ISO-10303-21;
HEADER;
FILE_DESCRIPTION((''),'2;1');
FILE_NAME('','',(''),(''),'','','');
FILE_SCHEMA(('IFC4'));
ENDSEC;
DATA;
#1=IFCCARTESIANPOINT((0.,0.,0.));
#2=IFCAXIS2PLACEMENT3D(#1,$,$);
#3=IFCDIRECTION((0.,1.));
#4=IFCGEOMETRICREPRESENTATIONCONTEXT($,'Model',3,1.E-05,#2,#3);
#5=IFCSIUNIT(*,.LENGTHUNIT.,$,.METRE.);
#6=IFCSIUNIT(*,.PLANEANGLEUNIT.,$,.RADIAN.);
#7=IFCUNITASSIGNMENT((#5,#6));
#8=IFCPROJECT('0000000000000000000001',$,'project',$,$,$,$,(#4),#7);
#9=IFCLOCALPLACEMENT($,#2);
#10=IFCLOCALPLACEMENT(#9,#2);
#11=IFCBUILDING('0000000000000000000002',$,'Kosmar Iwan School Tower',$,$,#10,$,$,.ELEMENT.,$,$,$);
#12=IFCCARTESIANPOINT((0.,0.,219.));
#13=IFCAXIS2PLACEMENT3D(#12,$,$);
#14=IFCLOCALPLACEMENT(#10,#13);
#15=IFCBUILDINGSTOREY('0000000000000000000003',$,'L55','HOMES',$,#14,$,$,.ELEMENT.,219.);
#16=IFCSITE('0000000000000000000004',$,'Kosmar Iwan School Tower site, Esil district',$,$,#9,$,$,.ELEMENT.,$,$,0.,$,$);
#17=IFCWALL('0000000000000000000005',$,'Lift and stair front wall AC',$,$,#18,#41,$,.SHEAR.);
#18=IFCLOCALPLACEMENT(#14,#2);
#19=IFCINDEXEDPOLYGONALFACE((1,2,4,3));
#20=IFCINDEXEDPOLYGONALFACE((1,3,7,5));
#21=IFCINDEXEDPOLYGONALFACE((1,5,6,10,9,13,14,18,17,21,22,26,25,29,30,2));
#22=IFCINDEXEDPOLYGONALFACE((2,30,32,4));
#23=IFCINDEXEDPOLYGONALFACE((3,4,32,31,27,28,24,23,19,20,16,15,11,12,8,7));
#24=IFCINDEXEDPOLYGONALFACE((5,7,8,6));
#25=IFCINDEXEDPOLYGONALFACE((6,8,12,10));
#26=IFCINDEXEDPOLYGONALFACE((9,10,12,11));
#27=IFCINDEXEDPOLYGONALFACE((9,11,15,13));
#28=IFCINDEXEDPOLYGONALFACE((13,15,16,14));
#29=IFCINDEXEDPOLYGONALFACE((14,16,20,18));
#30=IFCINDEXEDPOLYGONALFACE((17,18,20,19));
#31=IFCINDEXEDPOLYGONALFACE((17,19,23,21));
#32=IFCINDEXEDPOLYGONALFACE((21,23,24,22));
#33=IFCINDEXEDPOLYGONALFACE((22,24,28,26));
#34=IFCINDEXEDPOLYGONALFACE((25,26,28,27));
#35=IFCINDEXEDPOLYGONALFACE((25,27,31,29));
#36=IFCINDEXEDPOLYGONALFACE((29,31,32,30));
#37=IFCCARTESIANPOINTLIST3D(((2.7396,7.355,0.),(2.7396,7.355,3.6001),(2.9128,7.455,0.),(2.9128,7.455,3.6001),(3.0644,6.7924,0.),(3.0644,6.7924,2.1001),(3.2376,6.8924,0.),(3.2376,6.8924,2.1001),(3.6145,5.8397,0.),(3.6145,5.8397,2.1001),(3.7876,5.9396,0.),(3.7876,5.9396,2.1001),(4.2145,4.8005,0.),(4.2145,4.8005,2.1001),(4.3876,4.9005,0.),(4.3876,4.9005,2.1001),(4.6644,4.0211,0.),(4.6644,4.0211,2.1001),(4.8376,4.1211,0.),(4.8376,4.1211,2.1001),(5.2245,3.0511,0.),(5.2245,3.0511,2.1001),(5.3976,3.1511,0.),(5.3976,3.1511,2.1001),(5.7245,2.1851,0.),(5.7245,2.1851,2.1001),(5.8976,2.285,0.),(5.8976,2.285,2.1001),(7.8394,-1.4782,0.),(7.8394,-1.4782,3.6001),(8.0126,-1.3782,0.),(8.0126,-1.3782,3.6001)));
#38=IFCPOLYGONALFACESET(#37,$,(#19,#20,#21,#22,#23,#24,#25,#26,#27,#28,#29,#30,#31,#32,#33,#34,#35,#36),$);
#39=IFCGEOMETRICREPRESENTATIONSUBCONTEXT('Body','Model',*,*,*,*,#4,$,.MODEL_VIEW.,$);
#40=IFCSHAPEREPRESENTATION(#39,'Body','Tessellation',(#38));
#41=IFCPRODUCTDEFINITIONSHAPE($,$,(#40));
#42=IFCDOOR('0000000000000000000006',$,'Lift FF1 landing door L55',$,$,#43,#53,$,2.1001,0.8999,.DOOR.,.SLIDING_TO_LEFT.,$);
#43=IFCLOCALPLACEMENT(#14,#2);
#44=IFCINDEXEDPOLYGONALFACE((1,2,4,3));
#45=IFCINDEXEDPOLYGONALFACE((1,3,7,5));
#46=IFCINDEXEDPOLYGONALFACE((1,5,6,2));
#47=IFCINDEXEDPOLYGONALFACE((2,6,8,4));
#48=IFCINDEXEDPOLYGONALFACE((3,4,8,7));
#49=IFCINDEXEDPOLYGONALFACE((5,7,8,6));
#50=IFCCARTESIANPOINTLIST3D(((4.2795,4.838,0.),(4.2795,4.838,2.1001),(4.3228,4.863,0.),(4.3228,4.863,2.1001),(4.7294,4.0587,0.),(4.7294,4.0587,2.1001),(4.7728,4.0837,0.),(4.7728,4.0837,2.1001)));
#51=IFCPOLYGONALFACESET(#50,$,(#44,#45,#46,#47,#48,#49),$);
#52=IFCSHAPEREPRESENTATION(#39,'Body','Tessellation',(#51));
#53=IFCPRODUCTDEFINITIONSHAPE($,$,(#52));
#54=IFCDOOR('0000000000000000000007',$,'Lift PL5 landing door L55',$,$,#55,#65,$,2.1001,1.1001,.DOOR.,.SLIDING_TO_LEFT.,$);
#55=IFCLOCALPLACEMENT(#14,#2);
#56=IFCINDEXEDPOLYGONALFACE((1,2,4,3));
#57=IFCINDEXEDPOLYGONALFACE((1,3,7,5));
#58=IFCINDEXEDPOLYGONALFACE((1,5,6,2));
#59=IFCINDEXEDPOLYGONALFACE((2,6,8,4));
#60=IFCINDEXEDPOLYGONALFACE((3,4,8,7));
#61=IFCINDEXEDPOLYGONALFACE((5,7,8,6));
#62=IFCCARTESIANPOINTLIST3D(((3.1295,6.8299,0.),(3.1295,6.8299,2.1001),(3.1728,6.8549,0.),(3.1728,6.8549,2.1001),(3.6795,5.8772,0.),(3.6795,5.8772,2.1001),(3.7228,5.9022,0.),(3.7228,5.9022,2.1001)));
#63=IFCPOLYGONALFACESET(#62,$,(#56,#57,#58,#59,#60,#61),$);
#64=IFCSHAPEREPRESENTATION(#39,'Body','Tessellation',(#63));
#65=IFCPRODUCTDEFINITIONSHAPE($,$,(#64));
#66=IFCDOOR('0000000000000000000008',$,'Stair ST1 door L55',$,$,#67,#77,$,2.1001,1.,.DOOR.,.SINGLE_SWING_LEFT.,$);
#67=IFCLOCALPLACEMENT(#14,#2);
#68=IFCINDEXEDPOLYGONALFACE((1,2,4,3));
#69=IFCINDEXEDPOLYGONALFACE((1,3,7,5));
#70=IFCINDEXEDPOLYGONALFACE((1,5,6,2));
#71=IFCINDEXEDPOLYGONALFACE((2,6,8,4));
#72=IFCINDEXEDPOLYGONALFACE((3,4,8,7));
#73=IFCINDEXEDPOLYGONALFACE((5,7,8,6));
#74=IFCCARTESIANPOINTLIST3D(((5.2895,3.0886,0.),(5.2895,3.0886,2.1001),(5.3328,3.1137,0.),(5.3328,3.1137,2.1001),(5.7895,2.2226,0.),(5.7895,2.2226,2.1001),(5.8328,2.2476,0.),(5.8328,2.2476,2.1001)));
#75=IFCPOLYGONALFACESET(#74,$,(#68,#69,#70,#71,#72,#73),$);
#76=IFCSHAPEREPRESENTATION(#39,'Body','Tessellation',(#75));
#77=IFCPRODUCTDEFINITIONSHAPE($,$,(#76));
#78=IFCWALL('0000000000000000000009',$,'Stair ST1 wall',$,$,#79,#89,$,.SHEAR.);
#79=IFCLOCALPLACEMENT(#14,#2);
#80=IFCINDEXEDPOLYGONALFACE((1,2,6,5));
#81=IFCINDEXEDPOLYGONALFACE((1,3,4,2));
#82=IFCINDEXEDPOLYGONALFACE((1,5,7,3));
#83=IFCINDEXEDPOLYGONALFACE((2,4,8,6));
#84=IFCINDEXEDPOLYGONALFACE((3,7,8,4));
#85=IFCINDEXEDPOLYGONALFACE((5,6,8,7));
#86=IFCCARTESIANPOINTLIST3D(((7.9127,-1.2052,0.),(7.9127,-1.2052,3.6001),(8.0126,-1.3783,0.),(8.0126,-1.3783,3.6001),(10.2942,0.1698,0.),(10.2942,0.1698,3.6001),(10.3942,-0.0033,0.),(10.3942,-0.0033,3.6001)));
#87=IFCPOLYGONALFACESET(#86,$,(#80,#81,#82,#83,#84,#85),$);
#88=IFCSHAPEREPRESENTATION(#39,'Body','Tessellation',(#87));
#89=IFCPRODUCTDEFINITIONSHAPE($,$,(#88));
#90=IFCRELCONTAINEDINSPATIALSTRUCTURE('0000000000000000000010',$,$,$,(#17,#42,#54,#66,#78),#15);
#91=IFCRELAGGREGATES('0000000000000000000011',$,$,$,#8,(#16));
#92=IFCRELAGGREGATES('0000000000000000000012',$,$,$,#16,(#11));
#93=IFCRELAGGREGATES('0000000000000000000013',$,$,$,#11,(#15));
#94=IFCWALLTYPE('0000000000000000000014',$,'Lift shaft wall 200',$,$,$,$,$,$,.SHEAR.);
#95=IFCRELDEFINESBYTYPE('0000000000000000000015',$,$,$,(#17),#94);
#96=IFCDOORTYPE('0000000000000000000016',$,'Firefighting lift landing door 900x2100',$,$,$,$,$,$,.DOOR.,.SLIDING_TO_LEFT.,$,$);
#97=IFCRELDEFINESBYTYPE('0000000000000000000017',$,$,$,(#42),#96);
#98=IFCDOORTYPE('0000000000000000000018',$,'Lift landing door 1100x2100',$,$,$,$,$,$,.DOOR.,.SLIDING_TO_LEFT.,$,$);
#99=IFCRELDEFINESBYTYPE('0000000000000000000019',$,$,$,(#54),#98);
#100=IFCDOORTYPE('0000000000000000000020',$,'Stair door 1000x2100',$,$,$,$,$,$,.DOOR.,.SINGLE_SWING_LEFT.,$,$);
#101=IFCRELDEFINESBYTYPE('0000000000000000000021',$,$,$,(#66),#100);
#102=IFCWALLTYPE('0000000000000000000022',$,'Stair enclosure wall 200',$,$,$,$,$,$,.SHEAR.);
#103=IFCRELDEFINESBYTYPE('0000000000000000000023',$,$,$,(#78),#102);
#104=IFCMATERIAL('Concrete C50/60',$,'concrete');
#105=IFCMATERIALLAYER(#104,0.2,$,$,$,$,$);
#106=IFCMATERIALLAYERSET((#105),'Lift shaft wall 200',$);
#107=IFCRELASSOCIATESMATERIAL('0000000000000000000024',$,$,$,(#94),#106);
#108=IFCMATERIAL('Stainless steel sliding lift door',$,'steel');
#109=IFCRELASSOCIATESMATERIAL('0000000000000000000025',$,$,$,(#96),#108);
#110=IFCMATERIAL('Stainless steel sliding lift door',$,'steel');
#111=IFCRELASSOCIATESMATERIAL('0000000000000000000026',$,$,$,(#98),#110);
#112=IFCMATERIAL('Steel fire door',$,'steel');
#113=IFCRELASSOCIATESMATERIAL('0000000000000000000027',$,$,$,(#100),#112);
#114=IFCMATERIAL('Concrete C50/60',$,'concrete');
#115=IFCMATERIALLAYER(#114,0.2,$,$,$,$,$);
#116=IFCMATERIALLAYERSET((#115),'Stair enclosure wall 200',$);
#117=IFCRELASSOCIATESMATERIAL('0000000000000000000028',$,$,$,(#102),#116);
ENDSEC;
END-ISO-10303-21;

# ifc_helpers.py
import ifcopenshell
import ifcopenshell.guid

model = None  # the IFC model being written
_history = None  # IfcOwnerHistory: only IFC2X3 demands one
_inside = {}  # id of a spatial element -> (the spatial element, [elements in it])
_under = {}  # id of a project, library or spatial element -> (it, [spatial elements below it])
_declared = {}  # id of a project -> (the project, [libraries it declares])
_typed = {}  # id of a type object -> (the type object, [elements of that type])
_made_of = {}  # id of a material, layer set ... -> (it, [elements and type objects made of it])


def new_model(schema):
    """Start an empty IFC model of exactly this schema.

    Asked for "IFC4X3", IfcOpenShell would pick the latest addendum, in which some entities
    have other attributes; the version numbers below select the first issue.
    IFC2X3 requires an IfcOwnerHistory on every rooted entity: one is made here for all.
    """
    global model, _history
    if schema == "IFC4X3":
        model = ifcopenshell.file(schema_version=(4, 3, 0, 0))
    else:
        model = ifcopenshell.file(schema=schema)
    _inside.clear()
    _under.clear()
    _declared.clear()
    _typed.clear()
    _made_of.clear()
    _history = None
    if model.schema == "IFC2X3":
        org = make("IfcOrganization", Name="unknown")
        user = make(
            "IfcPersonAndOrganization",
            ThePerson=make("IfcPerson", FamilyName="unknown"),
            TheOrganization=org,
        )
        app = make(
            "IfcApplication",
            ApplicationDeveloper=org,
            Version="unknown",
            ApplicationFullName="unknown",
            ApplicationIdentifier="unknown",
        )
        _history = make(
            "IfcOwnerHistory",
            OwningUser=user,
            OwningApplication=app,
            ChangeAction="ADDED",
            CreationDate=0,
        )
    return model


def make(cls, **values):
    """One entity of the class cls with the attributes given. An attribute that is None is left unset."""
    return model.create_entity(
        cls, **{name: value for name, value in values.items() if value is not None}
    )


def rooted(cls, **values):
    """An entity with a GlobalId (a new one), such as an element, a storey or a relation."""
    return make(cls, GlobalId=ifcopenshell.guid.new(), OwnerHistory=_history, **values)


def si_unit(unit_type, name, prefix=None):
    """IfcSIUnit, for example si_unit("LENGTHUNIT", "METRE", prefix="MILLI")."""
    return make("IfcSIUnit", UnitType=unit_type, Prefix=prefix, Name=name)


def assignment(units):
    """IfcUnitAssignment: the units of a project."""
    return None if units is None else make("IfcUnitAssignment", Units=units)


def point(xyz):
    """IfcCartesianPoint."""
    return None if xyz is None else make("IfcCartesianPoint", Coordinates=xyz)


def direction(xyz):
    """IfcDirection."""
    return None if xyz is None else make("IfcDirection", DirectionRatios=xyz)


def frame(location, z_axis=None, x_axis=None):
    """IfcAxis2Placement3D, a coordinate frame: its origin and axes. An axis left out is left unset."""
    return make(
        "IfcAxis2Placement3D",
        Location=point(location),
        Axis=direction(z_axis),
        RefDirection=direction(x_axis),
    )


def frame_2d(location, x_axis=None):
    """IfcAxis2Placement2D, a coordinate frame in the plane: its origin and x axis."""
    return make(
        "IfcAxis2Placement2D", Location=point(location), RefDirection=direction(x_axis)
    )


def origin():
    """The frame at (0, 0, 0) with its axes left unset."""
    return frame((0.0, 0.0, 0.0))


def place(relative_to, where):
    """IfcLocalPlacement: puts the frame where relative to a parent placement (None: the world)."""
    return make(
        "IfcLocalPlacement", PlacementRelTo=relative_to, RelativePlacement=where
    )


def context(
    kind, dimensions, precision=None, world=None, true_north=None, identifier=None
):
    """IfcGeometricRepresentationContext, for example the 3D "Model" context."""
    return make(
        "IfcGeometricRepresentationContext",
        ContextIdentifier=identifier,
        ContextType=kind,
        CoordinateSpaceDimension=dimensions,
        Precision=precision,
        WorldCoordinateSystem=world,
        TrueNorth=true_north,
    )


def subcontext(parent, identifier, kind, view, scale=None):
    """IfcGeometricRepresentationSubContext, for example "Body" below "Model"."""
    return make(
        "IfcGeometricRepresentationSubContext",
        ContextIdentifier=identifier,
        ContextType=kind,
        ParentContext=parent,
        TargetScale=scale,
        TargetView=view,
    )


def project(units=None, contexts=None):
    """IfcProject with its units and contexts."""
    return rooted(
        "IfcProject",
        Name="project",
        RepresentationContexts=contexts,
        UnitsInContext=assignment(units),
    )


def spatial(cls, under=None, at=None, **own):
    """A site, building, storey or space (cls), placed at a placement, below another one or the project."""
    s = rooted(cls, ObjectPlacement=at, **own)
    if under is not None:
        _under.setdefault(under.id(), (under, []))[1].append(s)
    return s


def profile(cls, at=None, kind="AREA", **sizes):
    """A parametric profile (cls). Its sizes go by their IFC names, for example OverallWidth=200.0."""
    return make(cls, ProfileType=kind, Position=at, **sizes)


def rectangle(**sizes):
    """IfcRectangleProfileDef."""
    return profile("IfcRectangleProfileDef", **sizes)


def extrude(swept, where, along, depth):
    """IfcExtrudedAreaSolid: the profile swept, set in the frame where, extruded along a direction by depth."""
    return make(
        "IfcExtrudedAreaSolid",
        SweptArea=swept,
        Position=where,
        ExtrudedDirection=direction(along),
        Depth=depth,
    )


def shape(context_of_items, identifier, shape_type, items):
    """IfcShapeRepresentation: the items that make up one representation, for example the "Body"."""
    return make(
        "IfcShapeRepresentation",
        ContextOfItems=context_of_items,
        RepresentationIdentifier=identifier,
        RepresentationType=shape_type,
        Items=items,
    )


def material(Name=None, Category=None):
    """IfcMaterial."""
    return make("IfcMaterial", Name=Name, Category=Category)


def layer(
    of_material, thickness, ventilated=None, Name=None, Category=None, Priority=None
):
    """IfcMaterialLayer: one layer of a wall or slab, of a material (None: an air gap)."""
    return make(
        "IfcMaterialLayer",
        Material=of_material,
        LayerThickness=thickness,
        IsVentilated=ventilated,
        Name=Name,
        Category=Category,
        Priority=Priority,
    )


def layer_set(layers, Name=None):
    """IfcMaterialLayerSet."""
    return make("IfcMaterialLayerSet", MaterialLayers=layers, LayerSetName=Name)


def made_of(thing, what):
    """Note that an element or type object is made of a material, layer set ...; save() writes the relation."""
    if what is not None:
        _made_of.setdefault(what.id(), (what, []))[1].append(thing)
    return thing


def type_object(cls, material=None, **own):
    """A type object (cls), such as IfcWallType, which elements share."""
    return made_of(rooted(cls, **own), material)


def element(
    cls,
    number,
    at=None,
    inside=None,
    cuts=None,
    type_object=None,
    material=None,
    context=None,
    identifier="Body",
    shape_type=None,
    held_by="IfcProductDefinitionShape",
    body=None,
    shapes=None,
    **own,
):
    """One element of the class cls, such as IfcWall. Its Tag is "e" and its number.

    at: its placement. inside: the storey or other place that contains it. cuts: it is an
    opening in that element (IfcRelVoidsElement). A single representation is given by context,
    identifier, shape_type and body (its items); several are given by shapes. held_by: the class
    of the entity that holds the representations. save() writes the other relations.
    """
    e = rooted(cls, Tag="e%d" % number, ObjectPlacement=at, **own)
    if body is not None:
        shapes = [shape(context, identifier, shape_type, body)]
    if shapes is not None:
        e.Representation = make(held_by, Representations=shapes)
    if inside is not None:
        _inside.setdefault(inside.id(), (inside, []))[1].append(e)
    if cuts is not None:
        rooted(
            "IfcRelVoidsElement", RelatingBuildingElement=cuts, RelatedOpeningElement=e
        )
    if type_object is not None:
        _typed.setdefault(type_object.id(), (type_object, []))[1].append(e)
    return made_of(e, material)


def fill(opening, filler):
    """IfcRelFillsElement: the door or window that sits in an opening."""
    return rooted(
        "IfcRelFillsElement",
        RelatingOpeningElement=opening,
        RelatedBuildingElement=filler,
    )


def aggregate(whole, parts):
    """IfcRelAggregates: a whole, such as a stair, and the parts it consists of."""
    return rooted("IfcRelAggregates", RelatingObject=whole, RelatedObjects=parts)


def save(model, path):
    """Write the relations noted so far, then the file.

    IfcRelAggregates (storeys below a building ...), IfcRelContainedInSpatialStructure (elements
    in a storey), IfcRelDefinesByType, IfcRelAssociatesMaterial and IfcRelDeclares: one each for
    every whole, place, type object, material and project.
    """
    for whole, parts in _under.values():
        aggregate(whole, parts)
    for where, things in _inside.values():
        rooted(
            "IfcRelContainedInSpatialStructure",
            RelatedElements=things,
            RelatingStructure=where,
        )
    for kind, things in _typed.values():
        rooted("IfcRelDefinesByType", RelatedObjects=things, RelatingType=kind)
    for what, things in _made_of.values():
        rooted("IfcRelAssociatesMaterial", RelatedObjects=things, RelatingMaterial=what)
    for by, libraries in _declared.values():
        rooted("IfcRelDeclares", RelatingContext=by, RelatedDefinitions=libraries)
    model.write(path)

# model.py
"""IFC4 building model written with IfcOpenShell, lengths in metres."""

from ifc_helpers import new_model, si_unit, direction, frame, frame_2d, origin, place, context, subcontext, project, spatial, rectangle, extrude, material, layer, layer_set, type_object, element, fill, save


model = new_model("IFC4")

# Units and contexts
model_context = context("Model", 3, precision=1e-05, world=origin(), true_north=direction((0.0, 1.0)))
body_context = subcontext(model_context, "Body", "Model", "MODEL_VIEW")
ifc_project = project(units=[si_unit("LENGTHUNIT", "METRE"), si_unit("PLANEANGLEUNIT", "RADIAN")], contexts=[model_context])

# Site, building, storey
site_placement = place(None, origin())
site = spatial("IfcSite", under=ifc_project, at=site_placement, Name="Kosmar Iwan School Tower site, Esil district", CompositionType="ELEMENT", RefElevation=0.0)
building_placement = place(site_placement, origin())
building = spatial("IfcBuilding", under=site, at=building_placement, Name="Kosmar Iwan School Tower", CompositionType="ELEMENT")
storey_placement = place(building_placement, frame((0.0, 0.0, 219.0)))
storey = spatial("IfcBuildingStorey", under=building, at=storey_placement, Name="L55", Description="HOMES", CompositionType="ELEMENT", Elevation=219.0)

# Wall, openings, doors
ifc_material_1 = material(Name="Concrete C50/60", Category="concrete")
ifc_layer_1 = layer(ifc_material_1, 0.2)
ifc_layer_set_1 = layer_set([ifc_layer_1], Name="Lift shaft wall 200")
wall_type_1 = type_object("IfcWallType", Name="Lift shaft wall 200", PredefinedType="SHEAR", material=ifc_layer_set_1)
wall_1_placement = place(storey_placement, frame((7.926, -1.4282, 0.0), z_axis=(0.0, 0.0, 1.0), x_axis=(-0.499998, 0.866027, 0.0)))
wall_1 = element("IfcWall", 1, at=wall_1_placement, inside=storey, type_object=wall_type_1, Name="Lift and stair front wall AC", PredefinedType="SHEAR", context=body_context, shape_type="SweptSolid", body=[
    extrude(rectangle(XDim=10.1997, YDim=0.2, at=frame_2d((5.0999, 0.0))), origin(), (0.0, 0.0, 1.0), 3.6001),
])
opening_1_placement = place(wall_1_placement, frame((6.3501, 0.0, 0.0)))
opening_1 = element("IfcOpeningElement", 2, at=opening_1_placement, cuts=wall_1, PredefinedType="OPENING", context=body_context, shape_type="SweptSolid", body=[
    extrude(rectangle(XDim=0.8999, YDim=2.1001, at=frame_2d((0.45, 1.05))), frame((0.0, 0.1121, 0.0), z_axis=(0.0, -1.0, 0.0), x_axis=(1.0, 0.0, 0.0)), (0.0, 0.0, 1.0), 0.2239),
])
opening_2_placement = place(wall_1_placement, frame((8.45, 0.0, 0.0)))
opening_2 = element("IfcOpeningElement", 3, at=opening_2_placement, cuts=wall_1, PredefinedType="OPENING", context=body_context, shape_type="SweptSolid", body=[
    extrude(rectangle(XDim=1.1001, YDim=2.1001, at=frame_2d((0.55, 1.05))), frame((0.0, 0.1121, 0.0), z_axis=(0.0, -1.0, 0.0), x_axis=(1.0, 0.0, 0.0)), (0.0, 0.0, 1.0), 0.2239),
])
opening_3_placement = place(wall_1_placement, frame((4.23, 0.0, 0.0)))
opening_3 = element("IfcOpeningElement", 4, at=opening_3_placement, cuts=wall_1, PredefinedType="OPENING", context=body_context, shape_type="SweptSolid", body=[
    extrude(rectangle(XDim=1.0, YDim=2.1001, at=frame_2d((0.5, 1.05))), frame((0.0, 0.1121, 0.0), z_axis=(0.0, -1.0, 0.0), x_axis=(1.0, 0.0, 0.0)), (0.0, 0.0, 1.0), 0.2239),
])
ifc_material_2 = material(Name="Stainless steel sliding lift door", Category="steel")
door_type_1 = type_object("IfcDoorType", Name="Firefighting lift landing door 900x2100", OperationType="SLIDING_TO_LEFT", PredefinedType="DOOR", material=ifc_material_2)
door_1_placement = place(opening_1_placement, origin())
door_1 = element("IfcDoor", 5, at=door_1_placement, inside=storey, type_object=door_type_1, Name="Lift FF1 landing door L55", OperationType="SLIDING_TO_LEFT", OverallHeight=2.1001, OverallWidth=0.8999, PredefinedType="DOOR", context=body_context, shape_type="SweptSolid", body=[
    extrude(rectangle(XDim=0.8999, YDim=2.1001, at=frame_2d((0.45, 1.05))), frame((0.0, 0.0249, 0.0), z_axis=(0.0, -1.0, 0.0), x_axis=(1.0, 0.0, 0.0)), (0.0, 0.0, 1.0), 0.05),
])
fill(opening_1, door_1)
ifc_material_3 = material(Name="Stainless steel sliding lift door", Category="steel")
door_type_2 = type_object("IfcDoorType", Name="Lift landing door 1100x2100", OperationType="SLIDING_TO_LEFT", PredefinedType="DOOR", material=ifc_material_3)
door_2_placement = place(opening_2_placement, origin())
door_2 = element("IfcDoor", 6, at=door_2_placement, inside=storey, type_object=door_type_2, Name="Lift PL5 landing door L55", OperationType="SLIDING_TO_LEFT", OverallHeight=2.1001, OverallWidth=1.1001, PredefinedType="DOOR", context=body_context, shape_type="SweptSolid", body=[
    extrude(rectangle(XDim=1.1001, YDim=2.1001, at=frame_2d((0.55, 1.05))), frame((0.0, 0.0249, 0.0), z_axis=(0.0, -1.0, 0.0), x_axis=(1.0, 0.0, 0.0)), (0.0, 0.0, 1.0), 0.05),
])
fill(opening_2, door_2)
ifc_material_4 = material(Name="Steel fire door", Category="steel")
door_type_3 = type_object("IfcDoorType", Name="Stair door 1000x2100", OperationType="SINGLE_SWING_LEFT", PredefinedType="DOOR", material=ifc_material_4)
door_3_placement = place(opening_3_placement, origin())
door_3 = element("IfcDoor", 7, at=door_3_placement, inside=storey, type_object=door_type_3, Name="Stair ST1 door L55", OperationType="SINGLE_SWING_LEFT", OverallHeight=2.1001, OverallWidth=1.0, PredefinedType="DOOR", context=body_context, shape_type="SweptSolid", body=[
    extrude(rectangle(XDim=1.0, YDim=2.1001, at=frame_2d((0.5, 1.05))), frame((0.0, 0.0249, 0.0), z_axis=(0.0, -1.0, 0.0), x_axis=(1.0, 0.0, 0.0)), (0.0, 0.0, 1.0), 0.05),
])
fill(opening_3, door_3)

# Wall
ifc_material_5 = material(Name="Concrete C50/60", Category="concrete")
ifc_layer_2 = layer(ifc_material_5, 0.2)
ifc_layer_set_2 = layer_set([ifc_layer_2], Name="Stair enclosure wall 200")
wall_type_2 = type_object("IfcWallType", Name="Stair enclosure wall 200", PredefinedType="SHEAR", material=ifc_layer_set_2)
wall_2_placement = place(storey_placement, frame((7.9626, -1.2917, 0.0), z_axis=(0.0, 0.0, 1.0), x_axis=(0.866027, 0.499997, 0.0)))
element("IfcWall", 8, at=wall_2_placement, inside=storey, type_object=wall_type_2, Name="Stair ST1 wall", PredefinedType="SHEAR", context=body_context, shape_type="SweptSolid", body=[
    extrude(rectangle(XDim=2.75, YDim=0.2, at=frame_2d((1.375, 0.0))), origin(), (0.0, 0.0, 1.0), 3.6001),
])

save(model, "model.ifc")
